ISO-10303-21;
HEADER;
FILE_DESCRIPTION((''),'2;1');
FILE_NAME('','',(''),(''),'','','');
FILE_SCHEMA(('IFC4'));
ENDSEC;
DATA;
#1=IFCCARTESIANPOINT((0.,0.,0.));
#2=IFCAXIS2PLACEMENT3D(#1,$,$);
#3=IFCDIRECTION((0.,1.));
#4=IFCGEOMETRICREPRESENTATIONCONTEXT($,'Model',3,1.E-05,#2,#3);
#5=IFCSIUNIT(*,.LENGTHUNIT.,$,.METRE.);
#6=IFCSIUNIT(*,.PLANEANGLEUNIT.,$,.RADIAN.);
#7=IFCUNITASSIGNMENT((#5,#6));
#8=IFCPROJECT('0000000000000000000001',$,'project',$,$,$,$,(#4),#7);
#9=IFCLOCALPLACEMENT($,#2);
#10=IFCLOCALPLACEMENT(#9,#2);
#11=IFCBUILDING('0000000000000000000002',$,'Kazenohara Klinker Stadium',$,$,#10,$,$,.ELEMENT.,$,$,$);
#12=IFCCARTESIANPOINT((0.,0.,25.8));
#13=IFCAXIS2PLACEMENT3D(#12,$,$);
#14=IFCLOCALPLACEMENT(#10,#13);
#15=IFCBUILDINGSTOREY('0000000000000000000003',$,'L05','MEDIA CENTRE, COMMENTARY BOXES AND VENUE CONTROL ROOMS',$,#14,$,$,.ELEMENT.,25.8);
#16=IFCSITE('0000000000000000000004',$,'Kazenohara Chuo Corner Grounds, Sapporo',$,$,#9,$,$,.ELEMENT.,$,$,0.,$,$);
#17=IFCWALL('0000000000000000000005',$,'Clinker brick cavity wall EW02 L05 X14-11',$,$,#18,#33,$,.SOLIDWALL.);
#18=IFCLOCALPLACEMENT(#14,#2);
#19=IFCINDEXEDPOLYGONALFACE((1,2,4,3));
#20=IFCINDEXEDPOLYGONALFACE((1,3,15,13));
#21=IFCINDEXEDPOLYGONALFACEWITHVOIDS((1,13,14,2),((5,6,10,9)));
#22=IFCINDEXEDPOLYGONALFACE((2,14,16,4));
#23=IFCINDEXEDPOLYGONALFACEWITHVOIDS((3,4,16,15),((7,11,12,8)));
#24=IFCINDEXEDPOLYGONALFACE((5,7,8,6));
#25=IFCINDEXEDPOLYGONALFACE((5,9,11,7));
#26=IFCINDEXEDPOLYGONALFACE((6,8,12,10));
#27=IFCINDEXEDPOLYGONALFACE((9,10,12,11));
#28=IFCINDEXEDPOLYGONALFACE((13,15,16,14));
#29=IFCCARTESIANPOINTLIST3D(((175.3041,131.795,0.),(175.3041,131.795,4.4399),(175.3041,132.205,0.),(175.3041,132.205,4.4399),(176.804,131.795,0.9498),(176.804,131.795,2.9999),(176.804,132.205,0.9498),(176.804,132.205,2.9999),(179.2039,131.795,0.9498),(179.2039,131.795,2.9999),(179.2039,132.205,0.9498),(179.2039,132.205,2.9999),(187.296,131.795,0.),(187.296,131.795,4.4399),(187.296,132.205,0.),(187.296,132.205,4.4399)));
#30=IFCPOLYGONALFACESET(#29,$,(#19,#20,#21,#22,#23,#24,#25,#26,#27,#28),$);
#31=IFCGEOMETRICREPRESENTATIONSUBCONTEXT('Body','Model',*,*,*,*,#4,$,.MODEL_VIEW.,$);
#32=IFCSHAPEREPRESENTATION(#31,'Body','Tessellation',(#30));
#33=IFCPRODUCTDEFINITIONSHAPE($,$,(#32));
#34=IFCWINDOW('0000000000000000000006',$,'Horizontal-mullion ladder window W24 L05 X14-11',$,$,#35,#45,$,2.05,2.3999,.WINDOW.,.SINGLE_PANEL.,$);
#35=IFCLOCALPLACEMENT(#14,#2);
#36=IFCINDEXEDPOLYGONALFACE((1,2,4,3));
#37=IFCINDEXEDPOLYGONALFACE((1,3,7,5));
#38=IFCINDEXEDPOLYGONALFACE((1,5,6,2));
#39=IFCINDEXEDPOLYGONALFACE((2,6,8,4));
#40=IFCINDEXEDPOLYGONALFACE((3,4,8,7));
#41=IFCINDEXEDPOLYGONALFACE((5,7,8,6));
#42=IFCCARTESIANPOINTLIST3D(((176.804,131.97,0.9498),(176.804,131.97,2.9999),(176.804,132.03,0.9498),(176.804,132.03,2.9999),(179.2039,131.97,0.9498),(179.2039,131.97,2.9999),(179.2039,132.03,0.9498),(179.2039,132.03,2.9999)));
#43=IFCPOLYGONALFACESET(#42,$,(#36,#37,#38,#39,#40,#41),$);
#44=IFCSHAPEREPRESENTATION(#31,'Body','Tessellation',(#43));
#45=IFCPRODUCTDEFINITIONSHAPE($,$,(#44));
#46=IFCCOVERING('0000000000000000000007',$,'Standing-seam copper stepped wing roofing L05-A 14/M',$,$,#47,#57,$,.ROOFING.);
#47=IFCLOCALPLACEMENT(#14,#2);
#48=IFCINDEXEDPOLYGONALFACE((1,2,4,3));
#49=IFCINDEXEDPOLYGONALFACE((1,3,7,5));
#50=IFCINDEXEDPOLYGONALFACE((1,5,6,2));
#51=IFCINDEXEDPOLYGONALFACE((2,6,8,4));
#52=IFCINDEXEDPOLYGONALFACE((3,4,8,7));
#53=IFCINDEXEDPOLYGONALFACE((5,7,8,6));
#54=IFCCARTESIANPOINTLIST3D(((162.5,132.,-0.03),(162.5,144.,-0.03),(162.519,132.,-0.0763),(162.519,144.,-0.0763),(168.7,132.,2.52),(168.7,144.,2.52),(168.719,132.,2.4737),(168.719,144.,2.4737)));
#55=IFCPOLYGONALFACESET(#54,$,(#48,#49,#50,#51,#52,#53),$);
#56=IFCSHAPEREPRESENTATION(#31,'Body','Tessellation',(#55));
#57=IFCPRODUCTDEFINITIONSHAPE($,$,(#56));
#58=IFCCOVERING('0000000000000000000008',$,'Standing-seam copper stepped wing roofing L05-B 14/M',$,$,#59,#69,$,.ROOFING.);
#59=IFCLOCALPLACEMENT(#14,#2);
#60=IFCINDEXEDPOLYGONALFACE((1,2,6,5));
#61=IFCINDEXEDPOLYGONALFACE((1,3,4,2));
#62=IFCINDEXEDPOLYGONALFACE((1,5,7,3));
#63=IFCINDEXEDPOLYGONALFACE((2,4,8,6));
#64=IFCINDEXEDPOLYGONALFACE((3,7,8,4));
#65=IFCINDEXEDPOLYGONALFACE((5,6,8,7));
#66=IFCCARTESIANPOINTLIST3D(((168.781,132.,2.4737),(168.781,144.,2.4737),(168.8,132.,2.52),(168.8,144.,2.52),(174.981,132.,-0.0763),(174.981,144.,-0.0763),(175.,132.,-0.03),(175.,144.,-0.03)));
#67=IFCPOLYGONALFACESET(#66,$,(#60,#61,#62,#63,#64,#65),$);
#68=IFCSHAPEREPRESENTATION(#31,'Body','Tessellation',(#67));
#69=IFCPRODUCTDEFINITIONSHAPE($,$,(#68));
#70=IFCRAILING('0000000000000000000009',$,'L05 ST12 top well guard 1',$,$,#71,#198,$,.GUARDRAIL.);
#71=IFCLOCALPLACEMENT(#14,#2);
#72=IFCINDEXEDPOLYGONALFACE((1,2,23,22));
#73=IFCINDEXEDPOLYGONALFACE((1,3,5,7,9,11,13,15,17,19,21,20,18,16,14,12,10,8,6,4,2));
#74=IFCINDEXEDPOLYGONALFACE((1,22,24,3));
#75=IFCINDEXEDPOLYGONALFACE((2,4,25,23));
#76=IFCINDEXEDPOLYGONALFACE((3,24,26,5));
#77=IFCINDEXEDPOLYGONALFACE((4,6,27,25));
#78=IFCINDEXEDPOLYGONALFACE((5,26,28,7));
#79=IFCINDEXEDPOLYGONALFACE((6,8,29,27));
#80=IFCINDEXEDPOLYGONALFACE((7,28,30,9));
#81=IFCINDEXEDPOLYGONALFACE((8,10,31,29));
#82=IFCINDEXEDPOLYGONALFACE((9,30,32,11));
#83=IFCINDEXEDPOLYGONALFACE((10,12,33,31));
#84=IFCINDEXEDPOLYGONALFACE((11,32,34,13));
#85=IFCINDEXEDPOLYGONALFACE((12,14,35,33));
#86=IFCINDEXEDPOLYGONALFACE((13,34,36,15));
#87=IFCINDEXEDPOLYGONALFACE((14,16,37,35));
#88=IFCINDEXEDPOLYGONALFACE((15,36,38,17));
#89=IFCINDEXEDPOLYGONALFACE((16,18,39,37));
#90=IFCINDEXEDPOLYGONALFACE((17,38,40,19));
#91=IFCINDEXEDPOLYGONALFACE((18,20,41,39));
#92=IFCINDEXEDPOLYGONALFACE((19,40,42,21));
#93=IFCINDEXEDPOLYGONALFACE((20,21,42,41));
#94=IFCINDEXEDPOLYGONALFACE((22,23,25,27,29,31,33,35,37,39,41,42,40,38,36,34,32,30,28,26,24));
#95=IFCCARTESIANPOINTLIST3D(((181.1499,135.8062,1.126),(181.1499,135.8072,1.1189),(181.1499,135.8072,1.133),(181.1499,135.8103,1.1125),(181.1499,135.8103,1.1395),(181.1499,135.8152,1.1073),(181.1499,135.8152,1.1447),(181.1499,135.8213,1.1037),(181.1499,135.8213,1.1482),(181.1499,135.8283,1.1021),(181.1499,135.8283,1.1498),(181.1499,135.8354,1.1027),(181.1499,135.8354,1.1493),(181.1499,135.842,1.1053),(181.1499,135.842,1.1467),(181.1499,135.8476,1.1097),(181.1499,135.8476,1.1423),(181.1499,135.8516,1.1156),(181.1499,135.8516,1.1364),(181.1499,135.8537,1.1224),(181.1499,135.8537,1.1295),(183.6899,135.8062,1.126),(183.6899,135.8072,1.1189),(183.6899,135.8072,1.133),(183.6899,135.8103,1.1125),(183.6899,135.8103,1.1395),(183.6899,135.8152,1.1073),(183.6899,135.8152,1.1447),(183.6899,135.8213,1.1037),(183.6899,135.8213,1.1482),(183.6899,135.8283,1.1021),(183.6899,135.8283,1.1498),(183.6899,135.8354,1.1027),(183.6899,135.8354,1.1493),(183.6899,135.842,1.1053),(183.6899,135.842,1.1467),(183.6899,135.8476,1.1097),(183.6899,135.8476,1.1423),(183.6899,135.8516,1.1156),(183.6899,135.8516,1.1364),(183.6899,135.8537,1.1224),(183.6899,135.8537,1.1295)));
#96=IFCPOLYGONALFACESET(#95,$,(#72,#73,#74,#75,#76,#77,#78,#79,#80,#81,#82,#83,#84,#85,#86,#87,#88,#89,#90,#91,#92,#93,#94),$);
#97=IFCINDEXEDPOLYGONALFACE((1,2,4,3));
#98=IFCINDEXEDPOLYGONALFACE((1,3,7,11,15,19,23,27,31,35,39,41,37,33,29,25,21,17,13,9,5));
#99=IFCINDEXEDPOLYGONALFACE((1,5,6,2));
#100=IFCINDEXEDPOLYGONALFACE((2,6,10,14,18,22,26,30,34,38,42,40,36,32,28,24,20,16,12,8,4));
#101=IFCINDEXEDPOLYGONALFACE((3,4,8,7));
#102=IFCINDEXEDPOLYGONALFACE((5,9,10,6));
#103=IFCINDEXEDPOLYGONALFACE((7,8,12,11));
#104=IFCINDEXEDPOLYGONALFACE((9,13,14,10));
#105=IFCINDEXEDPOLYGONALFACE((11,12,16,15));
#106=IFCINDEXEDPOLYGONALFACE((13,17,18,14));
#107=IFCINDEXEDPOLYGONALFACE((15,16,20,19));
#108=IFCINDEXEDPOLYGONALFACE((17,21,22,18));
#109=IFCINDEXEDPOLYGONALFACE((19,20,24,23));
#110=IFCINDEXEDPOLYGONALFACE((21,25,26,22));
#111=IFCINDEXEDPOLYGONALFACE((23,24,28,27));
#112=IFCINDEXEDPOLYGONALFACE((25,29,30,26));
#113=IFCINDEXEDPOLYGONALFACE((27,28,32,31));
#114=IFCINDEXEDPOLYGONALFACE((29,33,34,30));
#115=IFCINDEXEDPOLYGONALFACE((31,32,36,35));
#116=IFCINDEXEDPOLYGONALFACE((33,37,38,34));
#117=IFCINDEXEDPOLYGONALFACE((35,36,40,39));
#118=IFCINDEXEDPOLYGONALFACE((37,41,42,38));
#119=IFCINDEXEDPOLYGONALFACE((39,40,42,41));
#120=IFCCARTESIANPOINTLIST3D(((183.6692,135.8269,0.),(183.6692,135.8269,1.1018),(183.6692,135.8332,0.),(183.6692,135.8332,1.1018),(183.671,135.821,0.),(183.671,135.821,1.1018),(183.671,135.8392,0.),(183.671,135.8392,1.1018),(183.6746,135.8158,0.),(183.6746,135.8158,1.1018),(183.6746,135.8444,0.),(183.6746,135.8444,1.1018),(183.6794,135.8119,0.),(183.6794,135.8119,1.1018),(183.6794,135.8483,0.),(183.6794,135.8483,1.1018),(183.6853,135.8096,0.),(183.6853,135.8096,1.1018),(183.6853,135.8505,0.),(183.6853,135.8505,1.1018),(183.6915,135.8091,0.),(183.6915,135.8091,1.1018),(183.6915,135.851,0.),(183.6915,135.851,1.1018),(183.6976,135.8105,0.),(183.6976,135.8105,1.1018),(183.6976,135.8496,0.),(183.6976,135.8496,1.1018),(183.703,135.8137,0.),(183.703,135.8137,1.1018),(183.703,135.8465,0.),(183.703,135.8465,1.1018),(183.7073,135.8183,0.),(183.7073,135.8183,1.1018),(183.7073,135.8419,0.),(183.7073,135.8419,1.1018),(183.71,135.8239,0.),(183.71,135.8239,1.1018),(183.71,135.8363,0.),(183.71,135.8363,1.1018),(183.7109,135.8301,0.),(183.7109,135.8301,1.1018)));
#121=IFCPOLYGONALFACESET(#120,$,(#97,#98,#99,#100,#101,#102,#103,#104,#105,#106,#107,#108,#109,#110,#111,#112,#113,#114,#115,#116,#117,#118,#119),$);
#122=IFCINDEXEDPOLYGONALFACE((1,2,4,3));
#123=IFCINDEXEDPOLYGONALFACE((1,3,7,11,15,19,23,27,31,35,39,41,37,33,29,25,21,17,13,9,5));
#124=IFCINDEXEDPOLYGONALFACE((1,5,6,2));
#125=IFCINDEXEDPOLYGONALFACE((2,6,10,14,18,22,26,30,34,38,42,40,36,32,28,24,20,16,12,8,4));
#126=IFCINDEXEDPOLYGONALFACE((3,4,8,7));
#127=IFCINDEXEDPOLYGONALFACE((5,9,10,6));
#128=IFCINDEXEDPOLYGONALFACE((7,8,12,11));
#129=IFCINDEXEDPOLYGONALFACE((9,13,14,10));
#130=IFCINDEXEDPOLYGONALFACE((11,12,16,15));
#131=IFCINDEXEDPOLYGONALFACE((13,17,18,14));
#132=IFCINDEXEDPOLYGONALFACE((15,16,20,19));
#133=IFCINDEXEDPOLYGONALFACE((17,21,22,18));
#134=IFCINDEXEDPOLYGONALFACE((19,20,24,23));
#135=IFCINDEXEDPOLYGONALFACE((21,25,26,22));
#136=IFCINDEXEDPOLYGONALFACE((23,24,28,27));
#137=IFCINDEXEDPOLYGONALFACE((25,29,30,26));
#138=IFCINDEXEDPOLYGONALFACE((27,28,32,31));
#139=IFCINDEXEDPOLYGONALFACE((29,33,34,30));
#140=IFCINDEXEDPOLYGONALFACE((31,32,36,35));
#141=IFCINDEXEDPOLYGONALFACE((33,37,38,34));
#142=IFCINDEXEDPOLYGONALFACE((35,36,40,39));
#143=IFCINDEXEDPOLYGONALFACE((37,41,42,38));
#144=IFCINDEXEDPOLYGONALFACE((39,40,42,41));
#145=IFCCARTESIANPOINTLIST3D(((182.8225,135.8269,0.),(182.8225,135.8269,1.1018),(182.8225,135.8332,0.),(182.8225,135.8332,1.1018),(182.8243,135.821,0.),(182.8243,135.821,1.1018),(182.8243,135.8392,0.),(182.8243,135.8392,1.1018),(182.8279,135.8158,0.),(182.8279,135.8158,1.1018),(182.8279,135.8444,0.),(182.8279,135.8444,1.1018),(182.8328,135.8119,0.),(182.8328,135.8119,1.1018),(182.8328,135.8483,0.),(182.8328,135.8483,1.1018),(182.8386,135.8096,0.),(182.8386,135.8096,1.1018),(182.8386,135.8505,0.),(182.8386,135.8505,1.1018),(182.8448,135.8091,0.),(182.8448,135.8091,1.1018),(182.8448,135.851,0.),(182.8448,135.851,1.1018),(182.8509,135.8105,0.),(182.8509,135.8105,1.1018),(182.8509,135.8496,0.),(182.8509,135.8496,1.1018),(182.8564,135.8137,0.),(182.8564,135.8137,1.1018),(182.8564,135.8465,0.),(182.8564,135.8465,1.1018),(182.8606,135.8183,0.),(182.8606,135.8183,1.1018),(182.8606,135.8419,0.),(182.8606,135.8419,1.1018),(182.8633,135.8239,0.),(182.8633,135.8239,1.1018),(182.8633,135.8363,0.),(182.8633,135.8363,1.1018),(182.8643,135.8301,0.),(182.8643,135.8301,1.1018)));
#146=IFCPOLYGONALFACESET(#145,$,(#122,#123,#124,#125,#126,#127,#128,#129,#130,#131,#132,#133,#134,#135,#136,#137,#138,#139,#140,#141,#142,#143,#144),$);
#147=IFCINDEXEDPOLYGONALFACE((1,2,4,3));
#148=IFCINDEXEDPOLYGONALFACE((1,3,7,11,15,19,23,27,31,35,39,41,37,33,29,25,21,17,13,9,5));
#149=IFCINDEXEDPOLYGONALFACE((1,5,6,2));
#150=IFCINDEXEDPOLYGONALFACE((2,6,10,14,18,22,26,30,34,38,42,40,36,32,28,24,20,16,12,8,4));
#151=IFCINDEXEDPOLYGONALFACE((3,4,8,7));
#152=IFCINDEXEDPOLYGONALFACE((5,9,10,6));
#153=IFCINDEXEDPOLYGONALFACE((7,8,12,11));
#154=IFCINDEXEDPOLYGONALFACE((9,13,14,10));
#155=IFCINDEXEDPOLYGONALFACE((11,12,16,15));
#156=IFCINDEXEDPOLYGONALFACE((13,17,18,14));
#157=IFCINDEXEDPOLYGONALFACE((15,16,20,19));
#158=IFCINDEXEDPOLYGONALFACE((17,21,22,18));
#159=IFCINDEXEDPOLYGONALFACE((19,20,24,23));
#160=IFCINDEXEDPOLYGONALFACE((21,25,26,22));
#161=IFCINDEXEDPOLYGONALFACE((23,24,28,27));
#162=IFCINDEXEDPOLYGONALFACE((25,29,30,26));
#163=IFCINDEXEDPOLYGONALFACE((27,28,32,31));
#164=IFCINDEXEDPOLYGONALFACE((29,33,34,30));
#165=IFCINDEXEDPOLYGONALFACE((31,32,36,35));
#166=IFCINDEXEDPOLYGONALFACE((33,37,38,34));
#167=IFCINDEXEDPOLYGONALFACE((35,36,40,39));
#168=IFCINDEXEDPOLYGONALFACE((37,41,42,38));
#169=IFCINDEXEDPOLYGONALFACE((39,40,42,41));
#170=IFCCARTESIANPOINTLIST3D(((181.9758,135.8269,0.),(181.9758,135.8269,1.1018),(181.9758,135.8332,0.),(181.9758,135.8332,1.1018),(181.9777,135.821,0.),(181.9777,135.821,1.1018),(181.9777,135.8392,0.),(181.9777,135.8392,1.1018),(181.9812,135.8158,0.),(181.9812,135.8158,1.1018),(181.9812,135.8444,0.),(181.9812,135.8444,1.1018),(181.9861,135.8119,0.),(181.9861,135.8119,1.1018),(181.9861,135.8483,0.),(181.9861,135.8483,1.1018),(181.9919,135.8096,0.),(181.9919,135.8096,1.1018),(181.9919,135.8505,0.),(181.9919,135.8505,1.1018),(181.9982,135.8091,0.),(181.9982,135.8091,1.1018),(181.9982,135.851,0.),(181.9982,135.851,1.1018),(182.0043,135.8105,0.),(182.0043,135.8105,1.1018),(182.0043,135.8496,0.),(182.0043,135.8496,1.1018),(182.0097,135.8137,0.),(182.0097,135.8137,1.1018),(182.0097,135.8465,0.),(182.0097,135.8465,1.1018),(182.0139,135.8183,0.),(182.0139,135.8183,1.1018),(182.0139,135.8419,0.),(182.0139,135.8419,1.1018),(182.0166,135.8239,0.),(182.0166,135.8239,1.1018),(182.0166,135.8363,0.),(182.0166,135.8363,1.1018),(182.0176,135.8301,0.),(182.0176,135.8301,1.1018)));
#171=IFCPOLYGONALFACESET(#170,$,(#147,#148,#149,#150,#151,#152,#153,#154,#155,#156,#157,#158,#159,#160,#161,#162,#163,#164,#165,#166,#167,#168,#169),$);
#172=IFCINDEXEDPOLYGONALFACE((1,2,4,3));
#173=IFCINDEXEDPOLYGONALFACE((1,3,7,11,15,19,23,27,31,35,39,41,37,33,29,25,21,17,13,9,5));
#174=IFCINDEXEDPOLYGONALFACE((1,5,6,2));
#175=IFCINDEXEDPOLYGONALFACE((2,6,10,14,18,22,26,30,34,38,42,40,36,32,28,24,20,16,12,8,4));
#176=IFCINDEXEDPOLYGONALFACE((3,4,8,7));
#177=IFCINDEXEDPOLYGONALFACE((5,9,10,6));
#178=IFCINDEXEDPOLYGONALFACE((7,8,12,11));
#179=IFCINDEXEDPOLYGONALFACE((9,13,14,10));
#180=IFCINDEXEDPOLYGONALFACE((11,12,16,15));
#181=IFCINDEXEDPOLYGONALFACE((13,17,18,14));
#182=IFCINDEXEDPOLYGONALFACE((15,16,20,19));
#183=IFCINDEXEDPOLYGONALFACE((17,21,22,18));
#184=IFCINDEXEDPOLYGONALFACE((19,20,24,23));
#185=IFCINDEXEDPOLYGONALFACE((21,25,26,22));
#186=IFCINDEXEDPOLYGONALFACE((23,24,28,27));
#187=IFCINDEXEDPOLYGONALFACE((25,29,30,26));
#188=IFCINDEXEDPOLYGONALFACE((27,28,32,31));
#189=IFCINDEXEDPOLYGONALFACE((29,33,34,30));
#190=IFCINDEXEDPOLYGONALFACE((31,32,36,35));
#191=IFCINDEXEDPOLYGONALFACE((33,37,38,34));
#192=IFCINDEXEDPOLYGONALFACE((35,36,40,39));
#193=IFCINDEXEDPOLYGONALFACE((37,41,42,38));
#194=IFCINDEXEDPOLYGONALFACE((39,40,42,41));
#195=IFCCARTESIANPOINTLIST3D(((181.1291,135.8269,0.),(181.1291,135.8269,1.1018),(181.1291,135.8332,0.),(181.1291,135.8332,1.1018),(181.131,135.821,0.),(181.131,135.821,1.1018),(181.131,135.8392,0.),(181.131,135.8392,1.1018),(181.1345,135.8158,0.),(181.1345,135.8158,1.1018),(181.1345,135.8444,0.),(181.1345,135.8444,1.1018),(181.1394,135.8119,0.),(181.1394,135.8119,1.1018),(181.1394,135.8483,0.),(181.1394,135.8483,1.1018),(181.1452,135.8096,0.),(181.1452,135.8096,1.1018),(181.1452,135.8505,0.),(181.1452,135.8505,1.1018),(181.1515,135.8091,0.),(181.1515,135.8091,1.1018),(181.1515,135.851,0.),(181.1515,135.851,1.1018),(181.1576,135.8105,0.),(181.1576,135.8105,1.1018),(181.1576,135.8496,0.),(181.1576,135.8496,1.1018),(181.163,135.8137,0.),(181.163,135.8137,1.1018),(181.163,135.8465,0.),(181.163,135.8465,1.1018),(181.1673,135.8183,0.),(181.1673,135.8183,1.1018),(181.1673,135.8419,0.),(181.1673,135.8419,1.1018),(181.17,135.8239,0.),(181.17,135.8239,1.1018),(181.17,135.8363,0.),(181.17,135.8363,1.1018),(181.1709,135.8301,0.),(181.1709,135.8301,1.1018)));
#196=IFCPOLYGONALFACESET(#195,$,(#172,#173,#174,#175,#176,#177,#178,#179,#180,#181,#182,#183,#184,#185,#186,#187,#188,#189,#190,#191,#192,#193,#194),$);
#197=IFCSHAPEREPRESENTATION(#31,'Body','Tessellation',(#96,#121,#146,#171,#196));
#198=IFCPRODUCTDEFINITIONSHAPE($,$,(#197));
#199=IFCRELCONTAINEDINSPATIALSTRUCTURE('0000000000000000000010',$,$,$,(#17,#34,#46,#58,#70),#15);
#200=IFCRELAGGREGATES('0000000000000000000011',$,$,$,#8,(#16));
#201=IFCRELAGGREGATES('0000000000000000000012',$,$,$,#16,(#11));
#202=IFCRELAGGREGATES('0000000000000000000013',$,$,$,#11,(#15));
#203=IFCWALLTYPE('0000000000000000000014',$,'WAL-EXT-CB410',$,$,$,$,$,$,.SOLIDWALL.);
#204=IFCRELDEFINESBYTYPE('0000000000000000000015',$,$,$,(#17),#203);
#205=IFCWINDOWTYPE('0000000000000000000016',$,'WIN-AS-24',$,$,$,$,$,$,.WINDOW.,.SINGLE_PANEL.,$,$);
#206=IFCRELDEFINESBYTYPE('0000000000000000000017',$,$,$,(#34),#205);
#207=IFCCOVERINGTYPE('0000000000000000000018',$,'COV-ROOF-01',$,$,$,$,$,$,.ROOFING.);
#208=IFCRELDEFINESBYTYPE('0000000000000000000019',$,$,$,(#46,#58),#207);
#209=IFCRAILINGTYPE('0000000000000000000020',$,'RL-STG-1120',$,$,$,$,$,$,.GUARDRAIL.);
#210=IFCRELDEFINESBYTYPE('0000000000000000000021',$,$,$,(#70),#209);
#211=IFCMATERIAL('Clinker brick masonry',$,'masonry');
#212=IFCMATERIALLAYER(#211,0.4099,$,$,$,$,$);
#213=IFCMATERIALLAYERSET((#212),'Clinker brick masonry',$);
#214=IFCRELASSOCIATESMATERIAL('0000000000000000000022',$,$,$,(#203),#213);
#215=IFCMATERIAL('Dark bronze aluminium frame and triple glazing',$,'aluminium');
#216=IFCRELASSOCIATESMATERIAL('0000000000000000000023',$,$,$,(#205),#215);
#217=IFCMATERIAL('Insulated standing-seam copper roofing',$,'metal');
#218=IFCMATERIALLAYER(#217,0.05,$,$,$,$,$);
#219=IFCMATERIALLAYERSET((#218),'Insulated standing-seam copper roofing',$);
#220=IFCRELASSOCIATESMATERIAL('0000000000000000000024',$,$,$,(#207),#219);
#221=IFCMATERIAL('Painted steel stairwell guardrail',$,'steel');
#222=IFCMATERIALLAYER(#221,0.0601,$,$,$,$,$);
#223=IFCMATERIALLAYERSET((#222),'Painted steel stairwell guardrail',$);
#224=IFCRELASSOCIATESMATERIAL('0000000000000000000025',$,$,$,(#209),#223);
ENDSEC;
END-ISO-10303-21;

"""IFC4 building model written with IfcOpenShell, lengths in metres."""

from ifc_helpers import new_model, si_unit, direction, frame, frame_2d, origin, origin_2d, place, context, subcontext, project, spatial, polyline, rectangle, circle, outline, extrude, material, layer, layer_set, type_object, element, fill, save


model = new_model("IFC4")

# Units and contexts
model_context = context("Model", 3, precision=1e-05, world=origin(), true_north=direction((0.0, 1.0)))
body_context = subcontext(model_context, "Body", "Model", "MODEL_VIEW")
ifc_project = project(units=[si_unit("LENGTHUNIT", "METRE"), si_unit("PLANEANGLEUNIT", "RADIAN")], contexts=[model_context])

# Site, building, storey
site_placement = place(None, origin())
site = spatial("IfcSite", under=ifc_project, at=site_placement, Name="Kazenohara Chuo Corner Grounds, Sapporo", CompositionType="ELEMENT", RefElevation=0.0)
building_placement = place(site_placement, origin())
building = spatial("IfcBuilding", under=site, at=building_placement, Name="Kazenohara Klinker Stadium", CompositionType="ELEMENT")
storey_placement = place(building_placement, frame((0.0, 0.0, 25.8)))
storey = spatial("IfcBuildingStorey", under=building, at=storey_placement, Name="L05", Description="MEDIA CENTRE, COMMENTARY BOXES AND VENUE CONTROL ROOMS", CompositionType="ELEMENT", Elevation=25.8)

# Wall, opening, window
ifc_material_1 = material(Name="Clinker brick masonry", Category="masonry")
ifc_material_2 = material(Name="Dark bronze aluminium frame and triple glazing", Category="aluminium")
ifc_layer_1 = layer(ifc_material_1, 0.4099)
ifc_layer_set_1 = layer_set([ifc_layer_1], Name="Clinker brick masonry")
wall_type_1 = type_object("IfcWallType", Name="WAL-EXT-CB410", PredefinedType="SOLIDWALL", material=ifc_layer_set_1)
wall_1_placement = place(storey_placement, frame((175.304, 132.0, 0.0), z_axis=(0.0, 0.0, 1.0), x_axis=(1.0, 0.0, 0.0)))
wall_1 = element("IfcWall", 1, at=wall_1_placement, inside=storey, type_object=wall_type_1, Name="Clinker brick cavity wall EW02 L05 X14-11", PredefinedType="SOLIDWALL", context=body_context, shape_type="SweptSolid", body=[
    extrude(rectangle(XDim=11.9919, YDim=0.4099, at=frame_2d((5.9961, 0.0))), origin(), (0.0, 0.0, 1.0), 4.4399),
])
opening_1_placement = place(wall_1_placement, frame((1.5, 0.0, 0.95)))
opening_1 = element("IfcOpeningElement", 2, at=opening_1_placement, cuts=wall_1, PredefinedType="OPENING", context=body_context, shape_type="SweptSolid", body=[
    extrude(rectangle(XDim=2.3999, YDim=2.05, at=frame_2d((1.2, 1.0249))), frame((0.0, 0.2148, 0.0), z_axis=(0.0, -1.0, 0.0), x_axis=(1.0, 0.0, 0.0)), (0.0, 0.0, 1.0), 0.4299),
])
window_type_1 = type_object("IfcWindowType", Name="WIN-AS-24", PartitioningType="SINGLE_PANEL", PredefinedType="WINDOW", material=ifc_material_2)
window_1_placement = place(opening_1_placement, origin())
window_1 = element("IfcWindow", 3, at=window_1_placement, inside=storey, type_object=window_type_1, Name="Horizontal-mullion ladder window W24 L05 X14-11", OverallHeight=2.05, OverallWidth=2.3999, PartitioningType="SINGLE_PANEL", PredefinedType="WINDOW", context=body_context, shape_type="SweptSolid", body=[
    extrude(rectangle(XDim=2.3999, YDim=2.05, at=frame_2d((1.2, 1.0249))), frame((0.0, 0.03, 0.0), z_axis=(0.0, -1.0, 0.0), x_axis=(1.0, 0.0, 0.0)), (0.0, 0.0, 1.0), 0.0601),
])
fill(opening_1, window_1)

# Coverings
ifc_material_3 = material(Name="Insulated standing-seam copper roofing", Category="metal")
ifc_layer_2 = layer(ifc_material_3, 0.05)
ifc_layer_set_2 = layer_set([ifc_layer_2], Name="Insulated standing-seam copper roofing")
covering_type = type_object("IfcCoveringType", Name="COV-ROOF-01", PredefinedType="ROOFING", material=ifc_layer_set_2)
for number, where, z_axis, x_axis, name in (
    (4, (162.5, 132.0, -0.03), (-0.380383, 0.0, 0.924829), (0.924829, 0.0, 0.380383), "Standing-seam copper stepped wing roofing L05-A 14/M"),
    (5, (168.8, 132.0, 2.52), (0.380383, 0.0, 0.924829), (0.924829, 0.0, -0.380383), "Standing-seam copper stepped wing roofing L05-B 14/M"),
):
    element("IfcCovering", number, at=place(storey_placement, frame(where, z_axis=z_axis, x_axis=x_axis)), inside=storey, type_object=covering_type, Name=name, PredefinedType="ROOFING", context=body_context, shape_type="SweptSolid", body=[
        extrude(outline(polyline([(0.0, 0.0), (6.7039, 0.0), (6.7039, 12.0), (0.0, 12.0), (0.0, 0.0)])), origin(), (0.0, 0.0, -1.0), 0.05),
    ])

# Railing
ifc_material_4 = material(Name="Painted steel stairwell guardrail", Category="steel")
ifc_layer_3 = layer(ifc_material_4, 0.0601)
ifc_layer_set_3 = layer_set([ifc_layer_3], Name="Painted steel stairwell guardrail")
railing_type = type_object("IfcRailingType", Name="RL-STG-1120", PredefinedType="GUARDRAIL", material=ifc_layer_set_3)
railing_placement = place(storey_placement, frame((183.6899, 135.8301, 0.0)))
element("IfcRailing", 6, at=railing_placement, inside=storey, type_object=railing_type, Name="L05 ST12 top well guard 1", PredefinedType="GUARDRAIL", context=body_context, shape_type="SweptSolid", body=[
    extrude(circle(Radius=0.0239, at=origin_2d()), frame((0.0, 0.0, 1.126), z_axis=(-1.0, 0.0, 0.0), x_axis=(0.0, -1.0, 0.0)), (0.0, 0.0, 1.0), 2.54),
    extrude(circle(Radius=0.021, at=origin_2d()), origin(), (0.0, 0.0, 1.0), 1.1018),
    extrude(circle(Radius=0.021, at=origin_2d()), frame((-0.8467, 0.0, 0.0)), (0.0, 0.0, 1.0), 1.1018),
    extrude(circle(Radius=0.021, at=origin_2d()), frame((-1.6934, 0.0, 0.0)), (0.0, 0.0, 1.0), 1.1018),
    extrude(circle(Radius=0.021, at=origin_2d()), frame((-2.54, 0.0, 0.0)), (0.0, 0.0, 1.0), 1.1018),
])

save(model, "model.ifc")
